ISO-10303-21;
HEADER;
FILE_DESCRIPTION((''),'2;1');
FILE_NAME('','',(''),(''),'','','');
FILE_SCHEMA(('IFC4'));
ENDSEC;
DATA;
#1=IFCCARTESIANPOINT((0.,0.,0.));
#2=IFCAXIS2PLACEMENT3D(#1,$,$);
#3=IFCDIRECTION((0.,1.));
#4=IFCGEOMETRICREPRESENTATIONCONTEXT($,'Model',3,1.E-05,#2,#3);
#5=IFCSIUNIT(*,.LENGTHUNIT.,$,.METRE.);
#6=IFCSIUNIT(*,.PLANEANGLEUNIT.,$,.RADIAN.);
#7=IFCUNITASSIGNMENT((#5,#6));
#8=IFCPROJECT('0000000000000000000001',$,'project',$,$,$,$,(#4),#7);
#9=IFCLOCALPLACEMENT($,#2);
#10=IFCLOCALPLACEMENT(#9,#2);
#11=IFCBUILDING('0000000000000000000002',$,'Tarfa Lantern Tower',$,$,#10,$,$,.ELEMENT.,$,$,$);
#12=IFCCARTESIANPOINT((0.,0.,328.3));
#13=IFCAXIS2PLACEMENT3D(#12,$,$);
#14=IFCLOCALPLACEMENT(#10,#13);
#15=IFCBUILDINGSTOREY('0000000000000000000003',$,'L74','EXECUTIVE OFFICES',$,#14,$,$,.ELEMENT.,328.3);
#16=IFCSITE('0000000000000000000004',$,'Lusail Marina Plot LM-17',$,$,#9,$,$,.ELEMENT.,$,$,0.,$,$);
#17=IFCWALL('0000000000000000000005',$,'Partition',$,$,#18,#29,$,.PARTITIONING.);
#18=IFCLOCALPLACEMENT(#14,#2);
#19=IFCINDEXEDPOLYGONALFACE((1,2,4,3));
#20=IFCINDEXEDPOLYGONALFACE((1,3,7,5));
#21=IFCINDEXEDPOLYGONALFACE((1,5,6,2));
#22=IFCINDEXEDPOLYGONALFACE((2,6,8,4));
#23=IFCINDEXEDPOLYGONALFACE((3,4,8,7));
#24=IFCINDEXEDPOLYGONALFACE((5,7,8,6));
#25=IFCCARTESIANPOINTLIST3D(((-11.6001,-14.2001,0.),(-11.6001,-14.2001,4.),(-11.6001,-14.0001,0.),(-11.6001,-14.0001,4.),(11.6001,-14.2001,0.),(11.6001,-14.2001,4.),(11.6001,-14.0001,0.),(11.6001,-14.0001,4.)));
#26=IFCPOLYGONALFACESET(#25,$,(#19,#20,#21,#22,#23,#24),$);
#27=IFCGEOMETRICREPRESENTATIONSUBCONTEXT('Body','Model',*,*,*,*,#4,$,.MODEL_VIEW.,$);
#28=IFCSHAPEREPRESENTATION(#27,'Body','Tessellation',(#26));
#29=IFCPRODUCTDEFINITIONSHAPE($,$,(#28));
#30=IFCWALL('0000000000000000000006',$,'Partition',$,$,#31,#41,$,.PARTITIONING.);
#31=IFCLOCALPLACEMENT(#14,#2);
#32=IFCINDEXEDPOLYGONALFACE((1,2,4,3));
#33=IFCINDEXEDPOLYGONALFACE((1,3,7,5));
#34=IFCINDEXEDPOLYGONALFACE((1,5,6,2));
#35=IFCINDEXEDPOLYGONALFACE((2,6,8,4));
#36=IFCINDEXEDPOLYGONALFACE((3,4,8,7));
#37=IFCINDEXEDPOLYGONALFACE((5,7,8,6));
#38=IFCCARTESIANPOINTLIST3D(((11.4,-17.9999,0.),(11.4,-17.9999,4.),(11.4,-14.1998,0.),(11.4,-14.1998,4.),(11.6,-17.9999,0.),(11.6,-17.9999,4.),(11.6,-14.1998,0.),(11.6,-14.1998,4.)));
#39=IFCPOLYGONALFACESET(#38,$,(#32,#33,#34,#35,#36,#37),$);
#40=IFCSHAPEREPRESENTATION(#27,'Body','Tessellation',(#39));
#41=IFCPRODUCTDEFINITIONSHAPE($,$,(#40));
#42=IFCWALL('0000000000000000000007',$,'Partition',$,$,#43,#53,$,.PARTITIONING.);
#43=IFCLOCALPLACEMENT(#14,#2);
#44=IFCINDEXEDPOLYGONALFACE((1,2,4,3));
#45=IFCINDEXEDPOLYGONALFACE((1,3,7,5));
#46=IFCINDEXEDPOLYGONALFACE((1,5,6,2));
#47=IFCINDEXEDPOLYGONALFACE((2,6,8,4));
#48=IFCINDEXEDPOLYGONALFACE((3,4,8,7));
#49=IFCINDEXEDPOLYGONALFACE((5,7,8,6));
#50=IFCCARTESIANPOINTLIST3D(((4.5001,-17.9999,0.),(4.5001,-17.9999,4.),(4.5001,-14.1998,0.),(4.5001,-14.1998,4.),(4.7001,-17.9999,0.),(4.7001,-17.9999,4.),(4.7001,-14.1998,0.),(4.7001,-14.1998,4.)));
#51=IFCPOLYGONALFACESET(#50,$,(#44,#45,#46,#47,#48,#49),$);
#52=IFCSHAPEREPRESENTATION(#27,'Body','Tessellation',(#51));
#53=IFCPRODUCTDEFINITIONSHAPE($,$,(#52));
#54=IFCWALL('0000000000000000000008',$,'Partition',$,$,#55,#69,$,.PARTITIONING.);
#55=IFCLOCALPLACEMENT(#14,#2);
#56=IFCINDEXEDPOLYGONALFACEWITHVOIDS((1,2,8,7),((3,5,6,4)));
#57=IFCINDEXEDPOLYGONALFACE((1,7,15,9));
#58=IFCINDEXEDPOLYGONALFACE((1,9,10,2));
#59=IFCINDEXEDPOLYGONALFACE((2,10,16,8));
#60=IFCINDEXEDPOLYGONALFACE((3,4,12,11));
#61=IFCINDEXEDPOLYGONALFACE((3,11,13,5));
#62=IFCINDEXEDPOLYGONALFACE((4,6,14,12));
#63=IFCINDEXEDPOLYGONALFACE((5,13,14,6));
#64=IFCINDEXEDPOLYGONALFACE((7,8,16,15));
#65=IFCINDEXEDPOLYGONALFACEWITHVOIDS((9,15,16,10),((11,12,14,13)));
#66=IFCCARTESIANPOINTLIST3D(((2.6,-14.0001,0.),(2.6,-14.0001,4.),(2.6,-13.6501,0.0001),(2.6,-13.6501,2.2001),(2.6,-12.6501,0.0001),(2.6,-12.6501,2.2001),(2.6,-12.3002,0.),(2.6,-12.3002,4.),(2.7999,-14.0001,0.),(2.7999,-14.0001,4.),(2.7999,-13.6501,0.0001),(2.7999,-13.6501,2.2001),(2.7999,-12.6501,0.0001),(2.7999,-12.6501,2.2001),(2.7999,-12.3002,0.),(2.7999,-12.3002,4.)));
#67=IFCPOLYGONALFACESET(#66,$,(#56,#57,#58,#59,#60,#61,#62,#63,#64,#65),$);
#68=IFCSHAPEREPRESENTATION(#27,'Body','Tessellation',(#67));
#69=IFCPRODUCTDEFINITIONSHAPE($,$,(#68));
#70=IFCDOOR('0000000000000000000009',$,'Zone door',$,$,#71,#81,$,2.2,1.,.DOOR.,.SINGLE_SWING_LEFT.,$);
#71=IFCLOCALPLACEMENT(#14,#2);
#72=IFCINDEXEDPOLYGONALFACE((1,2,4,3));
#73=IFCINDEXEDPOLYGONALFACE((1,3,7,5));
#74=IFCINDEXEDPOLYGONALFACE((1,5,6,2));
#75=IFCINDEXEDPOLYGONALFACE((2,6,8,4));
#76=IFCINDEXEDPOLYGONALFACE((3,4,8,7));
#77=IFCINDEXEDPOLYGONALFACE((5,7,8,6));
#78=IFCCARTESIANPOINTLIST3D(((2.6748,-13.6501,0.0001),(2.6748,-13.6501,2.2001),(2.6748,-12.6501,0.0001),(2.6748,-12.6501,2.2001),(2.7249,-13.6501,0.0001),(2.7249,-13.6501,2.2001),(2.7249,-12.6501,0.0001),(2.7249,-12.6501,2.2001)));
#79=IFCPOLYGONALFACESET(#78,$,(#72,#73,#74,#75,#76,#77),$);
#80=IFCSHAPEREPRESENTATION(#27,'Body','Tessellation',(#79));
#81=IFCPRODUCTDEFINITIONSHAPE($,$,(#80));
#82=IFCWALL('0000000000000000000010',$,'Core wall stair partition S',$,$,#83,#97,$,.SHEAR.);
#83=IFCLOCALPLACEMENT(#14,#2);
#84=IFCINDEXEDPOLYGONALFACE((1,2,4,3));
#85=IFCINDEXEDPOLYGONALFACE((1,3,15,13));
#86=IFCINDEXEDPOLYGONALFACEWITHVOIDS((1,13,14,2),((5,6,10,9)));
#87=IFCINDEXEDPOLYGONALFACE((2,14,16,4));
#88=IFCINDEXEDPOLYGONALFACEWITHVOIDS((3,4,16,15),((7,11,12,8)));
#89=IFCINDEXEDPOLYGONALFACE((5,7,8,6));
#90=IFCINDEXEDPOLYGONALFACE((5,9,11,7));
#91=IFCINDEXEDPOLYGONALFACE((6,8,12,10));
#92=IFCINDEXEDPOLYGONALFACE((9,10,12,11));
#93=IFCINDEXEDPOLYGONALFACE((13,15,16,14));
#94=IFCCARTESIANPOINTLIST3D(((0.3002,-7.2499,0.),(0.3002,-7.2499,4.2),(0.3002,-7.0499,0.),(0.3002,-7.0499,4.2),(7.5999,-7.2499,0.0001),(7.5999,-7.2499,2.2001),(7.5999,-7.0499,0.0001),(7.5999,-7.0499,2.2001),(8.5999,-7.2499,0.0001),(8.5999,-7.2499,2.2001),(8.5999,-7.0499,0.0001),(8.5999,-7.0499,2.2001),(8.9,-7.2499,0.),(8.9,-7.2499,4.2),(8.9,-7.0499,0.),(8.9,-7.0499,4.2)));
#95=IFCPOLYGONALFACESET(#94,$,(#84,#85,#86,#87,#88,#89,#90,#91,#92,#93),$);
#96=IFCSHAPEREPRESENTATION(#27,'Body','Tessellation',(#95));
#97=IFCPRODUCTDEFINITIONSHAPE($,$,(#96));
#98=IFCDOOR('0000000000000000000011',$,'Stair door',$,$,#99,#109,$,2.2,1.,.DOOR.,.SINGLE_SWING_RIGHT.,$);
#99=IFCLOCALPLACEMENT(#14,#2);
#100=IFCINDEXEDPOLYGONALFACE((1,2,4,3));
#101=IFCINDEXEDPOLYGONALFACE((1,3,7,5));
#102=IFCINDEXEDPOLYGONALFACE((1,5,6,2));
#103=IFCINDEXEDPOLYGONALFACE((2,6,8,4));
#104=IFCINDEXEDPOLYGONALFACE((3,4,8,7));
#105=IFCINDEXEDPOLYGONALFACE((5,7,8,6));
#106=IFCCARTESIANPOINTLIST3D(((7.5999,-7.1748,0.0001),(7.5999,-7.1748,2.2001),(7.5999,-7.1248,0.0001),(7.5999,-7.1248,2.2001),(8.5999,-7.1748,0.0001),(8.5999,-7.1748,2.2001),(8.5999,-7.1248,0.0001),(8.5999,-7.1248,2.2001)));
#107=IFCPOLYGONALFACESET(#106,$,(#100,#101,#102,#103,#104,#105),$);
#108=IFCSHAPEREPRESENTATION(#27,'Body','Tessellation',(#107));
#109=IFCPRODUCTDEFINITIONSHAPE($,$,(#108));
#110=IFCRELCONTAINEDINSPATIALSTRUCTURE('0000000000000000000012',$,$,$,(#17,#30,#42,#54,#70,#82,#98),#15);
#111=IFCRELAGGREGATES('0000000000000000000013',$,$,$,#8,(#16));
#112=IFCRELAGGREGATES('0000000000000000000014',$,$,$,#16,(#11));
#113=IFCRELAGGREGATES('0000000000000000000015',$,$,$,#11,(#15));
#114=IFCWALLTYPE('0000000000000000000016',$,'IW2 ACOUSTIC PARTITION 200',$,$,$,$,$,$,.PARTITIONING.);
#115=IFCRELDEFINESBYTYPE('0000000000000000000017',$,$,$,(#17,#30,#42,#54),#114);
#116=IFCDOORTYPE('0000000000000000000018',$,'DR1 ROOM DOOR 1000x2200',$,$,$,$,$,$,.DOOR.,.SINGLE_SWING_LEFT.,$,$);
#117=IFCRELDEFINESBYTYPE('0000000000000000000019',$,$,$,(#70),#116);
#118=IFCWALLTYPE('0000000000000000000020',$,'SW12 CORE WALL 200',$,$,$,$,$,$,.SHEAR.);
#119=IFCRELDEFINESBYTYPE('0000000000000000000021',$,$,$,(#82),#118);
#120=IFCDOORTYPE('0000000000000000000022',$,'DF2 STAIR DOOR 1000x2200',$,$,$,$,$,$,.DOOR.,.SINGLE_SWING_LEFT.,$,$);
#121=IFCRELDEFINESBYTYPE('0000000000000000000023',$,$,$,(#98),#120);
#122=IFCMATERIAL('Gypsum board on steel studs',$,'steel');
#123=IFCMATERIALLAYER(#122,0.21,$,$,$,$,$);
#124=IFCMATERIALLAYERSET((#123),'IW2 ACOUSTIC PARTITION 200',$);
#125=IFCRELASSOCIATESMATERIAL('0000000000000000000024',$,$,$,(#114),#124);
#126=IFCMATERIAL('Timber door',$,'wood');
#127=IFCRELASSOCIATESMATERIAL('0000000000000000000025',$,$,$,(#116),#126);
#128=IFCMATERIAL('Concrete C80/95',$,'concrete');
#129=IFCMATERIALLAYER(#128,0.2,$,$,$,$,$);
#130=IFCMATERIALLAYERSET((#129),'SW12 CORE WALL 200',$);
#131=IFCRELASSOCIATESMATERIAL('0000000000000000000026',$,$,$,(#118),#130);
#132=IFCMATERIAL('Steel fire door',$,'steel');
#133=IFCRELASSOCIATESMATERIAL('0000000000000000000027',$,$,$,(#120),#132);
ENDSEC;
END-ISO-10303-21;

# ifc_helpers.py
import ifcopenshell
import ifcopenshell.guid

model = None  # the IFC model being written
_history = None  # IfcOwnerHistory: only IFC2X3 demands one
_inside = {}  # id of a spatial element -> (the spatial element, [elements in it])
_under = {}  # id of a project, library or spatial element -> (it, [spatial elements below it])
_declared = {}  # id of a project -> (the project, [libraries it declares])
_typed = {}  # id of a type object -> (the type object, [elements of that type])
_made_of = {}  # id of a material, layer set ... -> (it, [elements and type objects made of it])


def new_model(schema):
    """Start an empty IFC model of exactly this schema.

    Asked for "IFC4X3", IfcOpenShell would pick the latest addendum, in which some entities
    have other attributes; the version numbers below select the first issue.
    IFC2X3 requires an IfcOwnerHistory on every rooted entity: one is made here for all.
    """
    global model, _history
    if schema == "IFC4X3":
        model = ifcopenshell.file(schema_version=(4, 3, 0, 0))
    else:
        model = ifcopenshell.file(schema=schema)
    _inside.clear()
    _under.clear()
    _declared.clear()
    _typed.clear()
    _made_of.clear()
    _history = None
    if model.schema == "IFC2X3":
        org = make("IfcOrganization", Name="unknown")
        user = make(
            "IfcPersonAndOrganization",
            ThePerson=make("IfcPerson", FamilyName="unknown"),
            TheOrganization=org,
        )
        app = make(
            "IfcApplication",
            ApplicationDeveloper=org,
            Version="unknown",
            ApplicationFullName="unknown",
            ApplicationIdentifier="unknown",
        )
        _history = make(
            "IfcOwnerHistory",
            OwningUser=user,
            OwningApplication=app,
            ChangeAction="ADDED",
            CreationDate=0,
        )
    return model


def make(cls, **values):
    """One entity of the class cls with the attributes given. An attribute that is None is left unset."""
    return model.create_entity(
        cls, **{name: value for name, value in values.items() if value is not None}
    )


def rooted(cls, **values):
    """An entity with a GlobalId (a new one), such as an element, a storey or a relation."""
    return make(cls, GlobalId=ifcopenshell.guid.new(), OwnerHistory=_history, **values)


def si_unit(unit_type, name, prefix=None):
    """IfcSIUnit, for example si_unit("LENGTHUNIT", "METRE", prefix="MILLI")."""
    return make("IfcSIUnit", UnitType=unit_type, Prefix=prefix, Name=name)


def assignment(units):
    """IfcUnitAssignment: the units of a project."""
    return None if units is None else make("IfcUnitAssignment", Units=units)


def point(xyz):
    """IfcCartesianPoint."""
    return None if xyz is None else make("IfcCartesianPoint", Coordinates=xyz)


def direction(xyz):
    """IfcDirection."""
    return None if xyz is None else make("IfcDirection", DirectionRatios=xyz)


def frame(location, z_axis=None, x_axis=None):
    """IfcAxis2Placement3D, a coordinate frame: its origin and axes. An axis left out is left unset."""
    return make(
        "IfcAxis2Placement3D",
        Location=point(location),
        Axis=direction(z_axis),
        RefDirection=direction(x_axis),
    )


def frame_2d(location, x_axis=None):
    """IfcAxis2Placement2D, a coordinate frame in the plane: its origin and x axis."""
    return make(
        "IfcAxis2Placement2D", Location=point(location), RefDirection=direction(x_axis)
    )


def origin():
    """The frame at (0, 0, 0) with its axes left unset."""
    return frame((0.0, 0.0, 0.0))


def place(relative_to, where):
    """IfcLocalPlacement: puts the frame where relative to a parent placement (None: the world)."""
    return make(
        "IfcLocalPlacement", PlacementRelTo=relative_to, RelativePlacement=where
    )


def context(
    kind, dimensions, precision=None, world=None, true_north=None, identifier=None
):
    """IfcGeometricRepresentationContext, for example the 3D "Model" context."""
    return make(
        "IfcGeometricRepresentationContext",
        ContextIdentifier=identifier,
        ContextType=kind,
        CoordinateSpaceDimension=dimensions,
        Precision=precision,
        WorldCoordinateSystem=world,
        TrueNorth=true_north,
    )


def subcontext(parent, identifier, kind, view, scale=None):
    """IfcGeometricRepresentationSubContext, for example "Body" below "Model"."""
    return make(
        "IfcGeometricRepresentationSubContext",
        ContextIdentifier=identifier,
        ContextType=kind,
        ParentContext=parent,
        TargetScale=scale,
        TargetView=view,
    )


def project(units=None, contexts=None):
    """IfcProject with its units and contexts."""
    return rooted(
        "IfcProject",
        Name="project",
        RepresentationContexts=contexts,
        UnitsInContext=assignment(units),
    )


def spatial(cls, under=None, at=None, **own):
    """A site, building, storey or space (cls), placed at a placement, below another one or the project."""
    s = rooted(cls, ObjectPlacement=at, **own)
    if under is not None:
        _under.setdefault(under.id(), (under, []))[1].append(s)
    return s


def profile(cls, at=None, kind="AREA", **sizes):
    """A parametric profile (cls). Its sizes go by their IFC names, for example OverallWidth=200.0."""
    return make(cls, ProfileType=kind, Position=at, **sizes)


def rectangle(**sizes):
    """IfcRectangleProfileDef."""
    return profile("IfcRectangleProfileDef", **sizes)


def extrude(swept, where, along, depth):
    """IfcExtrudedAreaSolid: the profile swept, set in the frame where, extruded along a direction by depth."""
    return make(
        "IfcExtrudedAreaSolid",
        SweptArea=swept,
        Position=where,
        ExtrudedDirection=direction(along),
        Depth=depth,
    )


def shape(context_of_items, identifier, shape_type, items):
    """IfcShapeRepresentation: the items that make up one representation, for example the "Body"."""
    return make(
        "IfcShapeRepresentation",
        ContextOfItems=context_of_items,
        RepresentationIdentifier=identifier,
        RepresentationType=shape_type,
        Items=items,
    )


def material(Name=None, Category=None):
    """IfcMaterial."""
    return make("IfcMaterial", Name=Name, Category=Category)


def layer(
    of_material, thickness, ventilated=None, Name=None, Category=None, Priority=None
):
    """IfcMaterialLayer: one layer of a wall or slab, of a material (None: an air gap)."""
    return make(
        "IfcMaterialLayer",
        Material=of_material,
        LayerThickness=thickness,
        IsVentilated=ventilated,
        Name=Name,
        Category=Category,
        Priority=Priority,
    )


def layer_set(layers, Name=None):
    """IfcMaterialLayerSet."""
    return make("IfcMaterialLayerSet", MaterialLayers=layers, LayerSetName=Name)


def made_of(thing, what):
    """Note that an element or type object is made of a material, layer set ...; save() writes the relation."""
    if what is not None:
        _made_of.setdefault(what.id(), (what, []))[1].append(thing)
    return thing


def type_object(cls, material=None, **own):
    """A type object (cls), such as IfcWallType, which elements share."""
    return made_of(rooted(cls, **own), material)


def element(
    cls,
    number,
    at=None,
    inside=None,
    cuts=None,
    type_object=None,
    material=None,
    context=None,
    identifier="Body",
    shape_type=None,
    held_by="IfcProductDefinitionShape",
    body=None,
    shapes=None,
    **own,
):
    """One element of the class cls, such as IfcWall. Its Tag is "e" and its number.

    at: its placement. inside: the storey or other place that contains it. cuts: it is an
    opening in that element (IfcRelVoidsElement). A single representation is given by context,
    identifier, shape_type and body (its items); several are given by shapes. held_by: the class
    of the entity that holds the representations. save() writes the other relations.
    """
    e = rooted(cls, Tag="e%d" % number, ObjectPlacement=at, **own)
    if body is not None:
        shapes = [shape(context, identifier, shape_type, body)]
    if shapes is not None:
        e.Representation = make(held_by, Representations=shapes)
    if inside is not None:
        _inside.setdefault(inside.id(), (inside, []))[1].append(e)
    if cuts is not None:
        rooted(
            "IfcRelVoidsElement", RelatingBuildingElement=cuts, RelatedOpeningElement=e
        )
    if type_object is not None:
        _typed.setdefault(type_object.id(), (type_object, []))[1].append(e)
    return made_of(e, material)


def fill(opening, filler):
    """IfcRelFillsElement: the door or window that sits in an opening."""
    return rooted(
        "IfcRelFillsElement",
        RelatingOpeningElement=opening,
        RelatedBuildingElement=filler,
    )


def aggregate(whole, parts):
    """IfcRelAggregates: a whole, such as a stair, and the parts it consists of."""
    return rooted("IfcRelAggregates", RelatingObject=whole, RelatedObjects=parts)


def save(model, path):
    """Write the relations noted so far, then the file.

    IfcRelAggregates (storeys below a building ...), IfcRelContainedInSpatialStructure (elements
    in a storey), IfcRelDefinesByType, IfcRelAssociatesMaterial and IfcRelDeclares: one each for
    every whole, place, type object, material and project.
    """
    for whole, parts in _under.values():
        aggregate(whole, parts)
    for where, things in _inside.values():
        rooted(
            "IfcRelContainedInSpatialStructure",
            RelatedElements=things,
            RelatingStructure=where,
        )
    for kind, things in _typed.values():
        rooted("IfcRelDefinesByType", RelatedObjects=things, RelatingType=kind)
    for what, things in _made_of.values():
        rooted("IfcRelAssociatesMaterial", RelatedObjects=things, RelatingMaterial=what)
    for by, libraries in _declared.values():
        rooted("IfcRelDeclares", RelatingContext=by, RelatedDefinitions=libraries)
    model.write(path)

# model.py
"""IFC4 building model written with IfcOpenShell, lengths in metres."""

from ifc_helpers import new_model, si_unit, direction, frame, frame_2d, origin, place, context, subcontext, project, spatial, rectangle, extrude, material, layer, layer_set, type_object, element, fill, save


model = new_model("IFC4")

# Units and contexts
model_context = context("Model", 3, precision=1e-05, world=origin(), true_north=direction((0.0, 1.0)))
body_context = subcontext(model_context, "Body", "Model", "MODEL_VIEW")
ifc_project = project(units=[si_unit("LENGTHUNIT", "METRE"), si_unit("PLANEANGLEUNIT", "RADIAN")], contexts=[model_context])

# Site, building, storey
site_placement = place(None, origin())
site = spatial("IfcSite", under=ifc_project, at=site_placement, Name="Lusail Marina Plot LM-17", CompositionType="ELEMENT", RefElevation=0.0)
building_placement = place(site_placement, origin())
building = spatial("IfcBuilding", under=site, at=building_placement, Name="Tarfa Lantern Tower", CompositionType="ELEMENT")
storey_placement = place(building_placement, frame((0.0, 0.0, 328.3)))
storey = spatial("IfcBuildingStorey", under=building, at=storey_placement, Name="L74", Description="EXECUTIVE OFFICES", CompositionType="ELEMENT", Elevation=328.3)

# Walls
ifc_material_1 = material(Name="Gypsum board on steel studs", Category="steel")
ifc_layer_1 = layer(ifc_material_1, 0.21)
ifc_layer_set_1 = layer_set([ifc_layer_1], Name="IW2 ACOUSTIC PARTITION 200")
wall_type_1 = type_object("IfcWallType", Name="IW2 ACOUSTIC PARTITION 200", PredefinedType="PARTITIONING", material=ifc_layer_set_1)
wall_1_placement = place(storey_placement, frame((11.6001, -14.1001, 0.0), z_axis=(0.0, 0.0, 1.0), x_axis=(-1.0, 0.0, 0.0)))
element("IfcWall", 1, at=wall_1_placement, inside=storey, type_object=wall_type_1, Name="Partition", PredefinedType="PARTITIONING", context=body_context, shape_type="SweptSolid", body=[
    extrude(rectangle(XDim=23.2002, YDim=0.2, at=frame_2d((11.6001, 0.0))), origin(), (0.0, 0.0, 1.0), 4.0),
])
for number, where, z_axis, x_axis, name in (
    (2, (11.5, -14.2, 0.0), (0.0, 0.0, 1.0), (0.0, -1.0, 0.0), "Partition"),
    (3, (4.6001, -14.2, 0.0), (0.0, 0.0, 1.0), (0.0, -1.0, 0.0), "Partition"),
):
    element("IfcWall", number, at=place(storey_placement, frame(where, z_axis=z_axis, x_axis=x_axis)), inside=storey, type_object=wall_type_1, Name=name, PredefinedType="PARTITIONING", context=body_context, shape_type="SweptSolid", body=[
        extrude(rectangle(XDim=3.8, YDim=0.2, at=frame_2d((1.8999, 0.0))), origin(), (0.0, 0.0, 1.0), 4.0),
    ])

# Walls, openings, doors
wall_2_placement = place(storey_placement, frame((2.7, -12.3, 0.0), z_axis=(0.0, 0.0, 1.0), x_axis=(0.0, -1.0, 0.0)))
wall_2 = element("IfcWall", 4, at=wall_2_placement, inside=storey, type_object=wall_type_1, Name="Partition", PredefinedType="PARTITIONING", context=body_context, shape_type="SweptSolid", body=[
    extrude(rectangle(XDim=1.7, YDim=0.2, at=frame_2d((0.8501, 0.0))), origin(), (0.0, 0.0, 1.0), 4.0),
])
opening_1_placement = place(wall_2_placement, frame((0.3501, 0.0, 0.0)))
opening_1 = element("IfcOpeningElement", 5, at=opening_1_placement, cuts=wall_2, PredefinedType="OPENING", context=body_context, shape_type="SweptSolid", body=[
    extrude(rectangle(XDim=1.0, YDim=2.2, at=frame_2d((0.5, 1.1001))), frame((0.0, 0.1099, 0.0), z_axis=(0.0, -1.0, 0.0), x_axis=(1.0, 0.0, 0.0)), (0.0, 0.0, 1.0), 0.22),
])
ifc_material_2 = material(Name="Timber door", Category="wood")
door_type_1 = type_object("IfcDoorType", Name="DR1 ROOM DOOR 1000x2200", OperationType="SINGLE_SWING_LEFT", PredefinedType="DOOR", material=ifc_material_2)
door_1_placement = place(opening_1_placement, origin())
door_1 = element("IfcDoor", 6, at=door_1_placement, inside=storey, type_object=door_type_1, Name="Zone door", OperationType="SINGLE_SWING_LEFT", OverallHeight=2.2, OverallWidth=1.0, PredefinedType="DOOR", context=body_context, shape_type="SweptSolid", body=[
    extrude(rectangle(XDim=1.0, YDim=2.2, at=frame_2d((0.5, 1.1001))), frame((0.0, 0.0249, 0.0), z_axis=(0.0, -1.0, 0.0), x_axis=(1.0, 0.0, 0.0)), (0.0, 0.0, 1.0), 0.05),
])
fill(opening_1, door_1)
ifc_material_3 = material(Name="Concrete C80/95", Category="concrete")
ifc_layer_2 = layer(ifc_material_3, 0.2)
ifc_layer_set_2 = layer_set([ifc_layer_2], Name="SW12 CORE WALL 200")
wall_type_2 = type_object("IfcWallType", Name="SW12 CORE WALL 200", PredefinedType="SHEAR", material=ifc_layer_set_2)
wall_3_placement = place(storey_placement, frame((8.8999, -7.1499, 0.0), z_axis=(0.0, 0.0, 1.0), x_axis=(-1.0, 0.0, 0.0)))
wall_3 = element("IfcWall", 7, at=wall_3_placement, inside=storey, type_object=wall_type_2, Name="Core wall stair partition S", PredefinedType="SHEAR", context=body_context, shape_type="SweptSolid", body=[
    extrude(rectangle(XDim=8.5999, YDim=0.2, at=frame_2d((4.2998, 0.0))), origin(), (0.0, 0.0, 1.0), 4.2),
])
opening_2_placement = place(wall_3_placement, frame((0.3, 0.0, 0.0)))
opening_2 = element("IfcOpeningElement", 8, at=opening_2_placement, cuts=wall_3, PredefinedType="OPENING", context=body_context, shape_type="SweptSolid", body=[
    extrude(rectangle(XDim=1.0, YDim=2.2, at=frame_2d((0.5, 1.1001))), frame((0.0, 0.1099, 0.0), z_axis=(0.0, -1.0, 0.0), x_axis=(1.0, 0.0, 0.0)), (0.0, 0.0, 1.0), 0.22),
])
ifc_material_4 = material(Name="Steel fire door", Category="steel")
door_type_2 = type_object("IfcDoorType", Name="DF2 STAIR DOOR 1000x2200", OperationType="SINGLE_SWING_LEFT", PredefinedType="DOOR", material=ifc_material_4)
door_2_placement = place(opening_2_placement, origin())
door_2 = element("IfcDoor", 9, at=door_2_placement, inside=storey, type_object=door_type_2, Name="Stair door", OperationType="SINGLE_SWING_RIGHT", OverallHeight=2.2, OverallWidth=1.0, PredefinedType="DOOR", context=body_context, shape_type="SweptSolid", body=[
    extrude(rectangle(XDim=1.0, YDim=2.2, at=frame_2d((0.5, 1.1001))), frame((0.0, 0.0249, 0.0), z_axis=(0.0, -1.0, 0.0), x_axis=(1.0, 0.0, 0.0)), (0.0, 0.0, 1.0), 0.05),
])
fill(opening_2, door_2)

save(model, "model.ifc")
